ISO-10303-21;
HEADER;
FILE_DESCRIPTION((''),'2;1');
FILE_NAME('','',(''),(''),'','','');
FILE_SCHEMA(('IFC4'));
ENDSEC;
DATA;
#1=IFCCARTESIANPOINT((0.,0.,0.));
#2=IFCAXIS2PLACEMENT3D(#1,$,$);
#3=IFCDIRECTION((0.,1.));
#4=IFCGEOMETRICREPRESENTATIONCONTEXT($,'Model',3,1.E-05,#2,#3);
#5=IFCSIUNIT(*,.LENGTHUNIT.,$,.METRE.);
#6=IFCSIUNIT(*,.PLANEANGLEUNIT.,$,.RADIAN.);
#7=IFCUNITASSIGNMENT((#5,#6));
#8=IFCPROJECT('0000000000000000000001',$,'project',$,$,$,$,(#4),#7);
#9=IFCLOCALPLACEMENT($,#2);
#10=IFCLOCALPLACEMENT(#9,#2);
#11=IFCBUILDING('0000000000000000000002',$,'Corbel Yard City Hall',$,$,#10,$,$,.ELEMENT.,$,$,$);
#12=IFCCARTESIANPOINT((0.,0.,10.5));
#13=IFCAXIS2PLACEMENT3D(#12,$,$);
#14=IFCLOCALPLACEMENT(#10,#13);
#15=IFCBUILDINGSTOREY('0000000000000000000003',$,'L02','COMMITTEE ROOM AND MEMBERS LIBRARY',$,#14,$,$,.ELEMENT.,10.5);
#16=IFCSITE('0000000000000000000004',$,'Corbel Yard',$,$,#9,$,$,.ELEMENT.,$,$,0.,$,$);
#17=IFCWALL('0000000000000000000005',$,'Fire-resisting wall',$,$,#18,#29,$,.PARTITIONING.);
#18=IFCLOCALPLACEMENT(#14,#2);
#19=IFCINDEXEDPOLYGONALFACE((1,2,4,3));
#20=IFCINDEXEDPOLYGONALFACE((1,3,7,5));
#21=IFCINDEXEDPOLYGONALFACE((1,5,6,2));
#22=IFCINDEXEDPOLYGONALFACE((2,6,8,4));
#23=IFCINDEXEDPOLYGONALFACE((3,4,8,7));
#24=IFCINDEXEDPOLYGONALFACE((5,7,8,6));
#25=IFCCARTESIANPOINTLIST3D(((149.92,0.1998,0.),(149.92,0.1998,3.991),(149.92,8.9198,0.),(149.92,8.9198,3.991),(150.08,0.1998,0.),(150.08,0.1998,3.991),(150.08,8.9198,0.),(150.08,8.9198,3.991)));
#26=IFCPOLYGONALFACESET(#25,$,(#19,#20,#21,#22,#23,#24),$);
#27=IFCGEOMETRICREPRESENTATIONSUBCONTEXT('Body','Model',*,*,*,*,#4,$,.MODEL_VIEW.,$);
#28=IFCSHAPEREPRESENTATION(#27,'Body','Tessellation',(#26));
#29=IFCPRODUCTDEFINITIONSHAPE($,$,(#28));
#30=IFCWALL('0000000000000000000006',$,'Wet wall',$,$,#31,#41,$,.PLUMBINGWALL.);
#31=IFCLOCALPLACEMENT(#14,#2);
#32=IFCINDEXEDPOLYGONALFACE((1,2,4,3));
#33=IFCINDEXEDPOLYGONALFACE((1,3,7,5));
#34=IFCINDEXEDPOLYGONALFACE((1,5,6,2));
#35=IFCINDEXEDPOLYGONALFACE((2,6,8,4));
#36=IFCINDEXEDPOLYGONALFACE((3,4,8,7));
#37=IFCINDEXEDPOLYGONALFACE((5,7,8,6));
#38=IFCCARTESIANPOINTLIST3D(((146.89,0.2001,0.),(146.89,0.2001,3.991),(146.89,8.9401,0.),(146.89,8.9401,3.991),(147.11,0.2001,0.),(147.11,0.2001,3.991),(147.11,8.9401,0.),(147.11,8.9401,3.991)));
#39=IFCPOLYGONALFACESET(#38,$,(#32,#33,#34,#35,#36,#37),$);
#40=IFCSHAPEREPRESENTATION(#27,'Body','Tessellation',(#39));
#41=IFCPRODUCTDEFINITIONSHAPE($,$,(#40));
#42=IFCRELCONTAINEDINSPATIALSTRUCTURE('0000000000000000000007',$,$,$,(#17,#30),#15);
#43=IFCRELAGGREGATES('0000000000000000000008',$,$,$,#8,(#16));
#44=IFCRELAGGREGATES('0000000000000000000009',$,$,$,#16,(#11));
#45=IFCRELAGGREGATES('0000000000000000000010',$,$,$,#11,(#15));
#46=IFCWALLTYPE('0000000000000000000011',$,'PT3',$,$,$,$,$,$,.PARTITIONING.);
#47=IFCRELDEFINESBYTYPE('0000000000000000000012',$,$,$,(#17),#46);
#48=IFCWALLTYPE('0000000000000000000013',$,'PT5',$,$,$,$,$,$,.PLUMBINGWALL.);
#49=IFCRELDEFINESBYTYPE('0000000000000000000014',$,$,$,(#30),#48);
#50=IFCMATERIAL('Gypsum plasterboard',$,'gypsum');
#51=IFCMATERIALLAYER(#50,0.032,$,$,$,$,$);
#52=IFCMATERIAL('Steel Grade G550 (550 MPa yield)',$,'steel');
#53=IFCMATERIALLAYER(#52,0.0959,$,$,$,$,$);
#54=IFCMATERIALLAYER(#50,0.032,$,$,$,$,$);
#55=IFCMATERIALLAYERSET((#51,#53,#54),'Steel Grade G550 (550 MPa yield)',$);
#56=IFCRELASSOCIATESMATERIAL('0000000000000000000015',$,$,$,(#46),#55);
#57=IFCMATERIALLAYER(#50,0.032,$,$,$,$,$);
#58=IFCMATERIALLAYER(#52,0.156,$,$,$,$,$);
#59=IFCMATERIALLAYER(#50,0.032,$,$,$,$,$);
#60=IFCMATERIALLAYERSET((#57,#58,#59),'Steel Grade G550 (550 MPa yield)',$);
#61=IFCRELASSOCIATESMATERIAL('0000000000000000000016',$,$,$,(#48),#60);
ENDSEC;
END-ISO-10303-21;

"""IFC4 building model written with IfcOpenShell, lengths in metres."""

from ifc_helpers import new_model, si_unit, direction, frame, frame_2d, origin, place, context, subcontext, project, spatial, rectangle, extrude, material, layer, layer_set, type_object, element, save


model = new_model("IFC4")

# Units and contexts
model_context = context("Model", 3, precision=1e-05, world=origin(), true_north=direction((0.0, 1.0)))
body_context = subcontext(model_context, "Body", "Model", "MODEL_VIEW")
ifc_project = project(units=[si_unit("LENGTHUNIT", "METRE"), si_unit("PLANEANGLEUNIT", "RADIAN")], contexts=[model_context])

# Site, building, storey
site_placement = place(None, origin())
site = spatial("IfcSite", under=ifc_project, at=site_placement, Name="Corbel Yard", CompositionType="ELEMENT", RefElevation=0.0)
building_placement = place(site_placement, origin())
building = spatial("IfcBuilding", under=site, at=building_placement, Name="Corbel Yard City Hall", CompositionType="ELEMENT")
storey_placement = place(building_placement, frame((0.0, 0.0, 10.5)))
storey = spatial("IfcBuildingStorey", under=building, at=storey_placement, Name="L02", Description="COMMITTEE ROOM AND MEMBERS LIBRARY", CompositionType="ELEMENT", Elevation=10.5)

# Shared definitions
ifc_material_1 = material(Name="Gypsum plasterboard", Category="gypsum")

# Shared definitions
ifc_material_2 = material(Name="Steel Grade G550 (550 MPa yield)", Category="steel")

# Shared definitions
ifc_layer_1 = layer(ifc_material_1, 0.032)
ifc_layer_2 = layer(ifc_material_2, 0.0959)
ifc_layer_3 = layer(ifc_material_1, 0.032)
ifc_layer_set_1 = layer_set([ifc_layer_1, ifc_layer_2, ifc_layer_3], Name="Steel Grade G550 (550 MPa yield)")
wall_type_1 = type_object("IfcWallType", Name="PT3", PredefinedType="PARTITIONING", material=ifc_layer_set_1)

# Walls
wall_1_placement = place(storey_placement, frame((150.0, 0.2, 0.0), z_axis=(0.0, 0.0, 1.0), x_axis=(0.0, 1.0, 0.0)))
element("IfcWall", 1, at=wall_1_placement, inside=storey, type_object=wall_type_1, Name="Fire-resisting wall", PredefinedType="PARTITIONING", context=body_context, shape_type="SweptSolid", body=[
    extrude(rectangle(XDim=8.72, YDim=0.1599, at=frame_2d((4.3599, 0.0))), origin(), (0.0, 0.0, 1.0), 3.991),
])
ifc_layer_4 = layer(ifc_material_1, 0.032)
ifc_layer_5 = layer(ifc_material_2, 0.156)
ifc_layer_6 = layer(ifc_material_1, 0.032)
ifc_layer_set_2 = layer_set([ifc_layer_4, ifc_layer_5, ifc_layer_6], Name="Steel Grade G550 (550 MPa yield)")
wall_type_2 = type_object("IfcWallType", Name="PT5", PredefinedType="PLUMBINGWALL", material=ifc_layer_set_2)
wall_2_placement = place(storey_placement, frame((147.0, 0.2, 0.0), z_axis=(0.0, 0.0, 1.0), x_axis=(0.0, 1.0, 0.0)))
element("IfcWall", 2, at=wall_2_placement, inside=storey, type_object=wall_type_2, Name="Wet wall", PredefinedType="PLUMBINGWALL", context=body_context, shape_type="SweptSolid", body=[
    extrude(rectangle(XDim=8.74, YDim=0.22, at=frame_2d((4.3701, 0.0))), origin(), (0.0, 0.0, 1.0), 3.991),
])

save(model, "model.ifc")
